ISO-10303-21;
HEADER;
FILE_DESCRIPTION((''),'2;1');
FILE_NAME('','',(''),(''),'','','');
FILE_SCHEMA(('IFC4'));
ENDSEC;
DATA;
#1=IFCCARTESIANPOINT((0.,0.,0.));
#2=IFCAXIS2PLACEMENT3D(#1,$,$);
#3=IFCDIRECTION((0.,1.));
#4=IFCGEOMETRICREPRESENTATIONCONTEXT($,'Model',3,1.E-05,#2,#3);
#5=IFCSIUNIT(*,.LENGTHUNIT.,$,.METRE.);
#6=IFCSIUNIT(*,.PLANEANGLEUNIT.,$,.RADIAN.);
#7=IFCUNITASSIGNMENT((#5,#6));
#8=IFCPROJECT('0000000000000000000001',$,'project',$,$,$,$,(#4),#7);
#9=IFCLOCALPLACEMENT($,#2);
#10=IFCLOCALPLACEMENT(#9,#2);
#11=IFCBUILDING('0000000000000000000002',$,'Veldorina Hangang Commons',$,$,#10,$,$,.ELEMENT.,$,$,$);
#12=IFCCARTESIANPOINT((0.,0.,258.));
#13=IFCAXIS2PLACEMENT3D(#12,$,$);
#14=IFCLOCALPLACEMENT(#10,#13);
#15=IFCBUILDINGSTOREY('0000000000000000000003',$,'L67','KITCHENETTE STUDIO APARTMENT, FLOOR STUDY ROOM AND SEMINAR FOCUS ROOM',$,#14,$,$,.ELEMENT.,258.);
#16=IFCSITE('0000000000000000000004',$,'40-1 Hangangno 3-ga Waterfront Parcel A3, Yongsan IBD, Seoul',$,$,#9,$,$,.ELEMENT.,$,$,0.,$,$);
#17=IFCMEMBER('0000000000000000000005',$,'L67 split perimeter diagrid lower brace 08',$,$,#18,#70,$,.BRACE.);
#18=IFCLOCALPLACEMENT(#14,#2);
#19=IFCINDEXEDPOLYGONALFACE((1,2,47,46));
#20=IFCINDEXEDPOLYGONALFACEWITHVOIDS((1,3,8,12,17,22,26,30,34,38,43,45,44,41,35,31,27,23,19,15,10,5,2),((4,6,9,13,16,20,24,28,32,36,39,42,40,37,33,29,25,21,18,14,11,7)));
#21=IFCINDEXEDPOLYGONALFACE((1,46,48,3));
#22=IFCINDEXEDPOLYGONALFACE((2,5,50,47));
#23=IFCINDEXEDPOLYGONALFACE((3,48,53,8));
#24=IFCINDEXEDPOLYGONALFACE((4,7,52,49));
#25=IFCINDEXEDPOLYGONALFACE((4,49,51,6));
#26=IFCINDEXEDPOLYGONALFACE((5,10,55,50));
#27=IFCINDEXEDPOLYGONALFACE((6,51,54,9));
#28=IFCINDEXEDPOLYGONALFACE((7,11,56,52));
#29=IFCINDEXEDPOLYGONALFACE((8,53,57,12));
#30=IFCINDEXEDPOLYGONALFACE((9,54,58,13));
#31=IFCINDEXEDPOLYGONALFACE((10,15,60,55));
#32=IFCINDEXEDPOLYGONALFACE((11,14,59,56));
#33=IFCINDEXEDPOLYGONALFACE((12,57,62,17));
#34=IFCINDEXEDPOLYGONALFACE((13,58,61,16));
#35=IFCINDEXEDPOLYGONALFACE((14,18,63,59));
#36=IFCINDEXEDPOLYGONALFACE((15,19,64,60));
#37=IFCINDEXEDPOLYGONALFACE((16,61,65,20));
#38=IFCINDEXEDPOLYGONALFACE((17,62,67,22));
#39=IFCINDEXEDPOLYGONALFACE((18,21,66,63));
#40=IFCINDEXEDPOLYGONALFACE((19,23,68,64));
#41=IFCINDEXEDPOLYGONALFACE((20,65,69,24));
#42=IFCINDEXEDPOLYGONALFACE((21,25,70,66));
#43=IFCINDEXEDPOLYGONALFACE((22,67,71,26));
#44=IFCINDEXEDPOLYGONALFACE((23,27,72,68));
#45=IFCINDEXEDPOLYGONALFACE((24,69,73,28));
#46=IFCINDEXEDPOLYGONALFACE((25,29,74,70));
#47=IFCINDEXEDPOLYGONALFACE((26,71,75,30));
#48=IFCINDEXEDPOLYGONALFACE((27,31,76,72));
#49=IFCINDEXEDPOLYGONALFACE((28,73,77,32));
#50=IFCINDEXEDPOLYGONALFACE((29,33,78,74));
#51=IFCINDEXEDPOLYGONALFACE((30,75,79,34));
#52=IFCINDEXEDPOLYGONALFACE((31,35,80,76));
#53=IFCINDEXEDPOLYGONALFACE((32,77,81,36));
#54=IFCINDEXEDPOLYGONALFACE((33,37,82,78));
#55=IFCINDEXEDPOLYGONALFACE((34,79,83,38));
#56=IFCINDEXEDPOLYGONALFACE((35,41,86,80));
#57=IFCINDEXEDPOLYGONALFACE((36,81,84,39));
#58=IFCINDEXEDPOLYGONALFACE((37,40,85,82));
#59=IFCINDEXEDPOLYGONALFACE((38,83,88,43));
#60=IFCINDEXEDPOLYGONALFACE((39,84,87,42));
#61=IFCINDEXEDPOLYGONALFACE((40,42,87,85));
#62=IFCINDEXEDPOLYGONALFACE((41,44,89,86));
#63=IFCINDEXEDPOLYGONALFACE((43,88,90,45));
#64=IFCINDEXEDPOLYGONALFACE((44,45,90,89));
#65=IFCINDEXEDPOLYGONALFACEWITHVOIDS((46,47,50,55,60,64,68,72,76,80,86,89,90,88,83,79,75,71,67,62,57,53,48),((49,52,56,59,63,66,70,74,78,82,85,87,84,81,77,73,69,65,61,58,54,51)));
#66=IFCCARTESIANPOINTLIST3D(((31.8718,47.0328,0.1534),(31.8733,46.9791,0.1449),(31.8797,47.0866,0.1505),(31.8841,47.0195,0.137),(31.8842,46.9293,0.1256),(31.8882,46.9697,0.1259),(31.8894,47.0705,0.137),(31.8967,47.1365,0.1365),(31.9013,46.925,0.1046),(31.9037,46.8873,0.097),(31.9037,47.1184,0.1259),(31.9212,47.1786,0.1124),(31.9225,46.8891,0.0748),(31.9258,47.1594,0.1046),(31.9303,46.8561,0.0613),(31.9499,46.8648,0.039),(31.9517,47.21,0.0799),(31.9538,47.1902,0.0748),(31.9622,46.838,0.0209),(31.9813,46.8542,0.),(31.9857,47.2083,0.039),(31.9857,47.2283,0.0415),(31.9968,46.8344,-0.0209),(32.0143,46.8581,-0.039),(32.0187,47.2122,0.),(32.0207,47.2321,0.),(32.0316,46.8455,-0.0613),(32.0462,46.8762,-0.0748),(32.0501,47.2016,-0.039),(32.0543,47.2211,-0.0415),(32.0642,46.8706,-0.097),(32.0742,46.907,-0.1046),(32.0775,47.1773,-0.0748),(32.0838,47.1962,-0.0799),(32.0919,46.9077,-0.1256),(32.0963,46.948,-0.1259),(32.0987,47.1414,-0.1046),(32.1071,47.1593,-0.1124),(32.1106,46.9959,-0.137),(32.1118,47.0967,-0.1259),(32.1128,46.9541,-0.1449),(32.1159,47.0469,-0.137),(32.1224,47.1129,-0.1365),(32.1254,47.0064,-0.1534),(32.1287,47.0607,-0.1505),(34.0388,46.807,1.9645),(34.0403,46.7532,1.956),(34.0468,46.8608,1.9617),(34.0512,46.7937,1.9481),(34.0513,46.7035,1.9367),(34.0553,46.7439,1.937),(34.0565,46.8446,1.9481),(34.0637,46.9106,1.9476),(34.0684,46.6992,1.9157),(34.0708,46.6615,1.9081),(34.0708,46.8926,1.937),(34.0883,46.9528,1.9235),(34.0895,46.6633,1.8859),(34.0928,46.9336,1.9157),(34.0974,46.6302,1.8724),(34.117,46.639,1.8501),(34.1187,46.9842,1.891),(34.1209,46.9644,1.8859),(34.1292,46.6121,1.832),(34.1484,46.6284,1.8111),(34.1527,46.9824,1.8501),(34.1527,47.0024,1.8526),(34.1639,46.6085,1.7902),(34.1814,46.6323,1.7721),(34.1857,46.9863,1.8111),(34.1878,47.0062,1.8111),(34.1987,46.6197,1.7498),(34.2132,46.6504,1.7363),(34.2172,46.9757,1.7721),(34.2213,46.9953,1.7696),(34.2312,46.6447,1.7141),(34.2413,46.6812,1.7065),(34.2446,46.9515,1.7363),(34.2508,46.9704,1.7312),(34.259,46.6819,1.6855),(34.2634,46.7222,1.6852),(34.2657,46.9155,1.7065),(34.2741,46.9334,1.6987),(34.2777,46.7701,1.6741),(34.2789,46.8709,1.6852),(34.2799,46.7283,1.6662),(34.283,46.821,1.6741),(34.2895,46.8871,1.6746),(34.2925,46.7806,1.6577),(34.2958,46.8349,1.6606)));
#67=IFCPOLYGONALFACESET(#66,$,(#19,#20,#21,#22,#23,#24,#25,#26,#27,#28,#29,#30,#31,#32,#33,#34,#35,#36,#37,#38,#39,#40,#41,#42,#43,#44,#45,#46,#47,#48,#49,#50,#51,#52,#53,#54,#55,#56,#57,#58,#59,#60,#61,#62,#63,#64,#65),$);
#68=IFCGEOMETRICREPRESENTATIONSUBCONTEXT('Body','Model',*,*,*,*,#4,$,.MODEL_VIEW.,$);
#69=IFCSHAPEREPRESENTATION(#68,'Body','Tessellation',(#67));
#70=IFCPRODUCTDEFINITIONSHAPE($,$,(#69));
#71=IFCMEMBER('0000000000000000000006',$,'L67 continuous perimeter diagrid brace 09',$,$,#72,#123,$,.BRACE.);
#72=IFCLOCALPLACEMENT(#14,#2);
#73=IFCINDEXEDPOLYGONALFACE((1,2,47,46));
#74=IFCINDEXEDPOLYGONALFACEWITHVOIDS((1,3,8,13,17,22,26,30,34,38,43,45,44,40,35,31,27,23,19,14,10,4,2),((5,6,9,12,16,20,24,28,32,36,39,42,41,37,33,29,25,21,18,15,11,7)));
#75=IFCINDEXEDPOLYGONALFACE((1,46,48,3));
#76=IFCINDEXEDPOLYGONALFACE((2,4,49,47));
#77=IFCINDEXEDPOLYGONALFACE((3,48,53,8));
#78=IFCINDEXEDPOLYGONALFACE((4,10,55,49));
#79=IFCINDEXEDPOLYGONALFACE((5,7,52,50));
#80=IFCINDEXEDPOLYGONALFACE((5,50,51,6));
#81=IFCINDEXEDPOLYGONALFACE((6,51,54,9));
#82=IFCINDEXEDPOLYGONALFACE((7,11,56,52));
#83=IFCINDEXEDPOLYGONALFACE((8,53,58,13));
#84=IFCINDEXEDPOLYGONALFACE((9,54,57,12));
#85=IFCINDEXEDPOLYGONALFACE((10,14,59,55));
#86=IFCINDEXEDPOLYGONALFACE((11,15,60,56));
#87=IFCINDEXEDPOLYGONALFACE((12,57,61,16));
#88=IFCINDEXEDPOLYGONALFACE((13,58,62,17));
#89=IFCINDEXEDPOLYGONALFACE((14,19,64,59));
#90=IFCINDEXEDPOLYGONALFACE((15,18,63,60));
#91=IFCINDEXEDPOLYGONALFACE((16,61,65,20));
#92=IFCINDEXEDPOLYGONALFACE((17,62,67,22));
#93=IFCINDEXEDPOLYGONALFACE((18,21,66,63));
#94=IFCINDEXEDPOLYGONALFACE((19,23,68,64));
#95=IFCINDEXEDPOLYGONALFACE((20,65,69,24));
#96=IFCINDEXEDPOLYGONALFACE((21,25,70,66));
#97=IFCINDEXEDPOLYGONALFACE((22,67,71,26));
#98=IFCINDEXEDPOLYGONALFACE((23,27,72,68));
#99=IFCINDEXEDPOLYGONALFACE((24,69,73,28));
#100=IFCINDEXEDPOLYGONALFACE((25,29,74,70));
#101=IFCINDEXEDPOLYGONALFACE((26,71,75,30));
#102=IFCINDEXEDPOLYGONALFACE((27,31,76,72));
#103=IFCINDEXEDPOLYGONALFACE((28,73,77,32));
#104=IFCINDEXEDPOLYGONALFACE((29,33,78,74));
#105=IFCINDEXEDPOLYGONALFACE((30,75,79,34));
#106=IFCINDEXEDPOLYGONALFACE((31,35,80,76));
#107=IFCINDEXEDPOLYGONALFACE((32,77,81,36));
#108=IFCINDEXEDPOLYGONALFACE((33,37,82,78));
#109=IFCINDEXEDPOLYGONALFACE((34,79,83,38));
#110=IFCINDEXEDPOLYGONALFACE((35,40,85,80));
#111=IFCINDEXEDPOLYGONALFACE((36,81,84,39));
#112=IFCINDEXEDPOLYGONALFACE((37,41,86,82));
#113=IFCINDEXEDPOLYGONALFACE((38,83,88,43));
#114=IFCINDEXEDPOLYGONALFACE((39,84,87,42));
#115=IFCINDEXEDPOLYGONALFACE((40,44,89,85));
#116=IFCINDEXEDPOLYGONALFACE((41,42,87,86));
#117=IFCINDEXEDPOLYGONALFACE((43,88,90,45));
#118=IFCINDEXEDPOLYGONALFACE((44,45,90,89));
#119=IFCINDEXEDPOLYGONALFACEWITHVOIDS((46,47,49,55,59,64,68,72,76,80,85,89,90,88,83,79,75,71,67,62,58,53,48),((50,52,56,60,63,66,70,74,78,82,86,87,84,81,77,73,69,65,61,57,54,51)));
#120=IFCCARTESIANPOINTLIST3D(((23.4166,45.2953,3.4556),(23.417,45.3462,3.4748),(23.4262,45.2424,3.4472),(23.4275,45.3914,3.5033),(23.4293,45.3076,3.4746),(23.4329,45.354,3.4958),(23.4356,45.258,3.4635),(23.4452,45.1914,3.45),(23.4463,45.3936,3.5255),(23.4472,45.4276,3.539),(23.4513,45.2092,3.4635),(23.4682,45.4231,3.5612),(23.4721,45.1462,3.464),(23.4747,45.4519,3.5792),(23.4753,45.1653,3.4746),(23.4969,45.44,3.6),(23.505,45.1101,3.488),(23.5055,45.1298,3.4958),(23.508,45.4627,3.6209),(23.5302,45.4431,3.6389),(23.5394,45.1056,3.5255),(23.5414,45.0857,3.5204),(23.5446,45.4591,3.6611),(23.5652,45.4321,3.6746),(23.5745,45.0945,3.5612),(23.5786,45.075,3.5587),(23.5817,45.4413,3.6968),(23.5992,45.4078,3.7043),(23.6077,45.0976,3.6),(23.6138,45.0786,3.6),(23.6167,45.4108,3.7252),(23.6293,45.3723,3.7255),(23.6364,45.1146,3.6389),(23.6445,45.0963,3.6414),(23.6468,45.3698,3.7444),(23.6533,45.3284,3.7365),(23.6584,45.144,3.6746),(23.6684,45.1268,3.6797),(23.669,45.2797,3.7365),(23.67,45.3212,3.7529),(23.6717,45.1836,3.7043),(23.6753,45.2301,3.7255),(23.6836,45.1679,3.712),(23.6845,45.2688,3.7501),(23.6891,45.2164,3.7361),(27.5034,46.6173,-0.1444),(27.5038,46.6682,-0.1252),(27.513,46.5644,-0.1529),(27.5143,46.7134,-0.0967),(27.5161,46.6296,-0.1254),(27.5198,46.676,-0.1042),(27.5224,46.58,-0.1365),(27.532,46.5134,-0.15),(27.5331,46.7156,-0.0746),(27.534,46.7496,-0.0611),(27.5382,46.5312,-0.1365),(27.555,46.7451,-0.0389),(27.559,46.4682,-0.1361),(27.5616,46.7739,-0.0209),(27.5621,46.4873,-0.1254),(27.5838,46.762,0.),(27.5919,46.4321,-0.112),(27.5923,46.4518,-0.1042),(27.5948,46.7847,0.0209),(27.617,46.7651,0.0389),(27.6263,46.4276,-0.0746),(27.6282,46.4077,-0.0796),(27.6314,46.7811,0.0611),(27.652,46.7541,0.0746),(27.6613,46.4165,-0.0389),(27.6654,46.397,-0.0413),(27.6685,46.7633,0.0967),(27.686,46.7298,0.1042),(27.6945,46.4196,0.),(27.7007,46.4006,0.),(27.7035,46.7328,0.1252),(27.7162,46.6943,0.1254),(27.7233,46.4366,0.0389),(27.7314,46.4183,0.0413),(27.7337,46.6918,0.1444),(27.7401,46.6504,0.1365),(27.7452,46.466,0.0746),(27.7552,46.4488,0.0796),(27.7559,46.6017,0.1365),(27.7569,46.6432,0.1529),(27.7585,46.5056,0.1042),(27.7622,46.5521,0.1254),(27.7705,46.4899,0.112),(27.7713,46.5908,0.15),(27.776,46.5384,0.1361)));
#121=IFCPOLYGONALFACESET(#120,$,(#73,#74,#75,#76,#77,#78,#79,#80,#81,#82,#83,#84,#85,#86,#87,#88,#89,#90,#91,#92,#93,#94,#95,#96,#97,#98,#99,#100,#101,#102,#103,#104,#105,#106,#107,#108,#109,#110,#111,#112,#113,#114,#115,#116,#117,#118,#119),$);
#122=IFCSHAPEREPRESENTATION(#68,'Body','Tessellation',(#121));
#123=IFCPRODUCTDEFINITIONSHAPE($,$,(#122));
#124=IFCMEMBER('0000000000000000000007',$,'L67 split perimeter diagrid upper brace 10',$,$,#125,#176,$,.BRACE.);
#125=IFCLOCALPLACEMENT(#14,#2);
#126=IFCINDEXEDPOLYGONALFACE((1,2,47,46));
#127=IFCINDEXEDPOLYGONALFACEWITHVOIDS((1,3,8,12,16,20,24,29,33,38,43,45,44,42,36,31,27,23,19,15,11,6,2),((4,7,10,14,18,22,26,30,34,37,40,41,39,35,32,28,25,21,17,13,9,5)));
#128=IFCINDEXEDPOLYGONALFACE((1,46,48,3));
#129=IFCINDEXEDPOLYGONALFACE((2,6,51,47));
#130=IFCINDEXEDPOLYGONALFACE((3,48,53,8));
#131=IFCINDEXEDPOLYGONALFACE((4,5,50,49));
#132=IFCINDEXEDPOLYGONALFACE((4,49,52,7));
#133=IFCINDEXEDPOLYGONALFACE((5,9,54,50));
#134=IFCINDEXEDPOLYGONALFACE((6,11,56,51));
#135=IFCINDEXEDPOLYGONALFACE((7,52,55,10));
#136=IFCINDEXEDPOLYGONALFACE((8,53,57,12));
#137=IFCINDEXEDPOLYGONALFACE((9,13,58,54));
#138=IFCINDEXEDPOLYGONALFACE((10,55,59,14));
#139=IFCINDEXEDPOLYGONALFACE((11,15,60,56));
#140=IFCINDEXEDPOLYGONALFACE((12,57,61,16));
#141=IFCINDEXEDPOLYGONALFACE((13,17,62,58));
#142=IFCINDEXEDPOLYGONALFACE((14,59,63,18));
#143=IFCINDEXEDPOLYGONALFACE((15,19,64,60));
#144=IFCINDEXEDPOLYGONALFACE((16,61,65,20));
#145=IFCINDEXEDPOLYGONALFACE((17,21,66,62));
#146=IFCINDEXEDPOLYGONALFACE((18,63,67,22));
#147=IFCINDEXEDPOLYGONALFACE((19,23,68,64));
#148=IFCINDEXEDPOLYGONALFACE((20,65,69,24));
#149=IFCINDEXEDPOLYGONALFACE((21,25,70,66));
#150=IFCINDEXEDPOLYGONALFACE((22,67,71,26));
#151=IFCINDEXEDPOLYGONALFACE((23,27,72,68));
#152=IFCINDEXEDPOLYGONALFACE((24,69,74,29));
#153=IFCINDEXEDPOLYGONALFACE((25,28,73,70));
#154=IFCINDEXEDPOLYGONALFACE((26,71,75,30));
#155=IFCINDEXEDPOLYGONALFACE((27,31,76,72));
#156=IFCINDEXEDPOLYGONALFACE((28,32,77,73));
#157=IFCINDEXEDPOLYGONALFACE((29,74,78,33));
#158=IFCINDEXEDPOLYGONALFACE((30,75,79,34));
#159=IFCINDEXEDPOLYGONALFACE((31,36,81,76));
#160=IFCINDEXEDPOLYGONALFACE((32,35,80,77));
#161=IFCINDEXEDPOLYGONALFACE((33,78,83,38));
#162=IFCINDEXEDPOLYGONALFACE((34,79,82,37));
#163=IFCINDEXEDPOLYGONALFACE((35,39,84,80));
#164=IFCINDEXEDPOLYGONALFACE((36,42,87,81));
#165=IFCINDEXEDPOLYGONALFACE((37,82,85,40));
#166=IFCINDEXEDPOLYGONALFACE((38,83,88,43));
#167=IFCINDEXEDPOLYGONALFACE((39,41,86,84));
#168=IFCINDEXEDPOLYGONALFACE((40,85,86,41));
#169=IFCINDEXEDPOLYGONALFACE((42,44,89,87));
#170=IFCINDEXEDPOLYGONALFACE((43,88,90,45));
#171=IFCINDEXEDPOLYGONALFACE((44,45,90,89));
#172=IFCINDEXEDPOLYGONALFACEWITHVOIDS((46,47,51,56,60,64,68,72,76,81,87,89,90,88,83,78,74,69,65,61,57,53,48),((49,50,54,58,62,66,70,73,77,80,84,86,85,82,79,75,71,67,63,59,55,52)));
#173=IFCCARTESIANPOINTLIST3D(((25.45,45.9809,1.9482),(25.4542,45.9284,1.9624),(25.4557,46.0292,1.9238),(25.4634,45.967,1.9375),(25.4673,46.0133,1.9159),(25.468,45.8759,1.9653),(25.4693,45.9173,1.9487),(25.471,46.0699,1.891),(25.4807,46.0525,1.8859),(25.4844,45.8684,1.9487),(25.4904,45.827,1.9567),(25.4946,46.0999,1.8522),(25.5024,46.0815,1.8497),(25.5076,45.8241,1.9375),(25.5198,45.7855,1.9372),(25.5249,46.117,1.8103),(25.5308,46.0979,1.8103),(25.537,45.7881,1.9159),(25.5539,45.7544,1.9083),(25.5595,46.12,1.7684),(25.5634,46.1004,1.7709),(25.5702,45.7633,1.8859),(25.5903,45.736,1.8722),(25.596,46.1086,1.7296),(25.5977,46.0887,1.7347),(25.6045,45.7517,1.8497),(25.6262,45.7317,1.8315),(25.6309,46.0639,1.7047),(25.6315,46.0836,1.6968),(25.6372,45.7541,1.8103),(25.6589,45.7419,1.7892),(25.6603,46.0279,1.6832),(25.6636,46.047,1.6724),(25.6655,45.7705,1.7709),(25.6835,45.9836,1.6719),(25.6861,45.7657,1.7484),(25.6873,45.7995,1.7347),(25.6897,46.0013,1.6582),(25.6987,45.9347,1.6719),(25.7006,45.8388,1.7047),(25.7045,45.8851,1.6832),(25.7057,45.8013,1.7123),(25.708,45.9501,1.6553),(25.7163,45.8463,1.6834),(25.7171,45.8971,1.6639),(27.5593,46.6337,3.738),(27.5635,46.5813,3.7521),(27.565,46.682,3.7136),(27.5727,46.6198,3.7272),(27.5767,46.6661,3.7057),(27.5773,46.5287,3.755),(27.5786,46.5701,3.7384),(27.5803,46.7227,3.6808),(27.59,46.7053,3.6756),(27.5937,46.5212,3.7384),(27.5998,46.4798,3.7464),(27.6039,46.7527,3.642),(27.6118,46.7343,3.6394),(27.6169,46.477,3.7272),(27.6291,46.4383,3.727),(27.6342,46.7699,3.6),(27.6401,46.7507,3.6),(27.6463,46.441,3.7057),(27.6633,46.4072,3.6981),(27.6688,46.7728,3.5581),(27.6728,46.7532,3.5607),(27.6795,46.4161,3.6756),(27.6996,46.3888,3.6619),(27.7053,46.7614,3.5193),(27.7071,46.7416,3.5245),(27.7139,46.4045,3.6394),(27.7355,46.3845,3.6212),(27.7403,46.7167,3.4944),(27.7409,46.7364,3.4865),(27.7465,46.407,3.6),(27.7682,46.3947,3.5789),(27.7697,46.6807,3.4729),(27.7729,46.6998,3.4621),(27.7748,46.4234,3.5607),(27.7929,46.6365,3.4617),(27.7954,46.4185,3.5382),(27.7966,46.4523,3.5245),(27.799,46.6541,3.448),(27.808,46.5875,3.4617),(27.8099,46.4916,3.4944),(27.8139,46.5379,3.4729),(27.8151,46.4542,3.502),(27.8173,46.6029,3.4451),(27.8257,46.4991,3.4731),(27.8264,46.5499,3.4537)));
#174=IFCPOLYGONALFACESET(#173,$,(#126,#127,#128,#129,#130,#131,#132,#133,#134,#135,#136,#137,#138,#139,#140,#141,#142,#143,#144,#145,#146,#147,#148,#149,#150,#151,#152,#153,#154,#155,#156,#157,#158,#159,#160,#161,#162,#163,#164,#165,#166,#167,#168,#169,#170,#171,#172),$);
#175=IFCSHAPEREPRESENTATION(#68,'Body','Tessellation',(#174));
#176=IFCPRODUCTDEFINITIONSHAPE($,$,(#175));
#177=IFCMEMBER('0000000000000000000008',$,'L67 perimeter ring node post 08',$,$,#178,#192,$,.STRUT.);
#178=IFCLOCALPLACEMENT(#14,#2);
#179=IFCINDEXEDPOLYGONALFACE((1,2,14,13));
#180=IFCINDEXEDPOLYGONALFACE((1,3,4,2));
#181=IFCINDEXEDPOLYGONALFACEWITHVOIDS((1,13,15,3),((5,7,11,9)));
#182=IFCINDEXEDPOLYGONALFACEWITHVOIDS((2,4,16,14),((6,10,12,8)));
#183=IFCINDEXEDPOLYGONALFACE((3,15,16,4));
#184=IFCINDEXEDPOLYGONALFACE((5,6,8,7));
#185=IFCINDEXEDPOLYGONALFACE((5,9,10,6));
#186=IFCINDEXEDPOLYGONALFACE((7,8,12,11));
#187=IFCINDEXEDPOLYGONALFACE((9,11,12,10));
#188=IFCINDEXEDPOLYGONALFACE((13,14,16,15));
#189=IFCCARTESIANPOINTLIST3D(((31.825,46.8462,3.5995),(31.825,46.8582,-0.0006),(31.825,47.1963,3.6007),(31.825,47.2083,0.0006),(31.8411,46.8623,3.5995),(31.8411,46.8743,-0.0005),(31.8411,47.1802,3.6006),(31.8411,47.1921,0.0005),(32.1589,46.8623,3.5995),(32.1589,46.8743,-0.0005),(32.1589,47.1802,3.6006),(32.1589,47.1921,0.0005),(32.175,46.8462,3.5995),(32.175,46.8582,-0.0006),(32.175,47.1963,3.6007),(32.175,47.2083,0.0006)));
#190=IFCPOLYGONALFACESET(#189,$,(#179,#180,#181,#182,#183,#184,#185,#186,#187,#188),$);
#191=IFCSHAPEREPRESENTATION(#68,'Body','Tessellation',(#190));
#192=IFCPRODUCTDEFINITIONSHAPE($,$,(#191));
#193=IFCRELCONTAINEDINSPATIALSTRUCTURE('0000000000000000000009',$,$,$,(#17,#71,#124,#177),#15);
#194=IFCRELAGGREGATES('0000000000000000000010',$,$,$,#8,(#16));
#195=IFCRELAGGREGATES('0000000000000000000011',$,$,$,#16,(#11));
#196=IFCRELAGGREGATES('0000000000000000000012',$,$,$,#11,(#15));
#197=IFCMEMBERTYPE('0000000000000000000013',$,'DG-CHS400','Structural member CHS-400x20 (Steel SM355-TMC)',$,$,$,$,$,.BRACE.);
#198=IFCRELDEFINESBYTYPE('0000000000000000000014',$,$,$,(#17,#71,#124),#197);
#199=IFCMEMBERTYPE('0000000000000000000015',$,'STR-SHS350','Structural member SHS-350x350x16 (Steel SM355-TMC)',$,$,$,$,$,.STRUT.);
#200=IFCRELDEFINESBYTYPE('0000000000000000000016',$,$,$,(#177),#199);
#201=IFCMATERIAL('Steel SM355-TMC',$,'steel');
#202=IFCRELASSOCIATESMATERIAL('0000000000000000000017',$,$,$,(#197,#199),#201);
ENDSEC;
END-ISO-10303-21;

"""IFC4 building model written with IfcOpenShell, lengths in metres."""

from ifc_helpers import new_model, si_unit, direction, frame, origin, origin_2d, place, context, subcontext, project, spatial, hollow_rectangle, hollow_circle, extrude, material, material_profile, profile_set, type_object, element, save


model = new_model("IFC4")

# Units and contexts
model_context = context("Model", 3, precision=1e-05, world=origin(), true_north=direction((0.0, 1.0)))
body_context = subcontext(model_context, "Body", "Model", "MODEL_VIEW")
ifc_project = project(units=[si_unit("LENGTHUNIT", "METRE"), si_unit("PLANEANGLEUNIT", "RADIAN")], contexts=[model_context])

# Site, building, storey
site_placement = place(None, origin())
site = spatial("IfcSite", under=ifc_project, at=site_placement, Name="40-1 Hangangno 3-ga Waterfront Parcel A3, Yongsan IBD, Seoul", CompositionType="ELEMENT", RefElevation=0.0)
building_placement = place(site_placement, origin())
building = spatial("IfcBuilding", under=site, at=building_placement, Name="Veldorina Hangang Commons", CompositionType="ELEMENT")
storey_placement = place(building_placement, frame((0.0, 0.0, 258.0)))
storey = spatial("IfcBuildingStorey", under=building, at=storey_placement, Name="L67", Description="KITCHENETTE STUDIO APARTMENT, FLOOR STUDY ROOM AND SEMINAR FOCUS ROOM", CompositionType="ELEMENT", Elevation=258.0)

# Shared definitions
ifc_material_1 = material(Name="Steel SM355-TMC", Category="steel")

# Members
ifc_material_profile_1 = material_profile(ifc_material_1, hollow_circle(Radius=0.2, WallThickness=0.02, at=origin_2d()), Name="CHS-400x20")
ifc_profile_set_1 = profile_set([ifc_material_profile_1], Name="Steel SM355-TMC")
member_type_1 = type_object("IfcMemberType", Name="DG-CHS400", Description="Structural member CHS-400x20 (Steel SM355-TMC)", PredefinedType="BRACE", material=ifc_profile_set_1)
member_1_placement = place(storey_placement, frame((32.0, 47.0332, 0.0), z_axis=(0.764872, -0.07971, 0.639232), x_axis=(0.103652, 0.994614, 0.0)))
element("IfcMember", 1, at=member_1_placement, inside=storey, type_object=member_type_1, Name="L67 split perimeter diagrid lower brace 08", PredefinedType="BRACE", context=body_context, shape_type="SweptSolid", body=[
    extrude(hollow_circle(Radius=0.2, WallThickness=0.02, at=origin_2d()), origin(), (0.0, 0.0, 1.0), 2.8333),
])
member_2_placement = place(storey_placement, frame((27.6392, 46.5908, 0.0), z_axis=(-0.72921, -0.235882, 0.642349), x_axis=(0.307775, -0.951459, 0.0)))
element("IfcMember", 2, at=member_2_placement, inside=storey, type_object=member_type_1, Name="L67 continuous perimeter diagrid brace 09", PredefinedType="BRACE", context=body_context, shape_type="SweptSolid", body=[
    extrude(hollow_circle(Radius=0.2, WallThickness=0.02, at=origin_2d()), origin(), (0.0, 0.0, 1.0), 5.6045),
])
member_3_placement = place(storey_placement, frame((25.584, 45.926, 1.8103), z_axis=(0.742121, 0.229679, 0.629686), x_axis=(-0.295655, 0.955295, 0.0)))
element("IfcMember", 3, at=member_3_placement, inside=storey, type_object=member_type_1, Name="L67 split perimeter diagrid upper brace 10", PredefinedType="BRACE", context=body_context, shape_type="SweptSolid", body=[
    extrude(hollow_circle(Radius=0.2, WallThickness=0.02, at=origin_2d()), origin(), (0.0, 0.0, 1.0), 2.8423),
])
ifc_material_profile_2 = material_profile(ifc_material_1, hollow_rectangle(XDim=0.3501, YDim=0.3501, WallThickness=0.0161, at=origin_2d()), Name="SHS-350x350x16")
ifc_profile_set_2 = profile_set([ifc_material_profile_2], Name="Steel SM355-TMC")
member_type_2 = type_object("IfcMemberType", Name="STR-SHS350", Description="Structural member SHS-350x350x16 (Steel SM355-TMC)", PredefinedType="STRUT", material=ifc_profile_set_2)
member_4_placement = place(storey_placement, frame((32.0, 47.0332, 0.0), z_axis=(0.0, -0.003323, 0.999994), x_axis=(1.0, 0.0, 0.0)))
element("IfcMember", 4, at=member_4_placement, inside=storey, type_object=member_type_2, Name="L67 perimeter ring node post 08", PredefinedType="STRUT", context=body_context, shape_type="SweptSolid", body=[
    extrude(hollow_rectangle(XDim=0.3501, YDim=0.3501, WallThickness=0.0161, at=origin_2d()), origin(), (0.0, 0.0, 1.0), 3.6001),
])

save(model, "model.ifc")
